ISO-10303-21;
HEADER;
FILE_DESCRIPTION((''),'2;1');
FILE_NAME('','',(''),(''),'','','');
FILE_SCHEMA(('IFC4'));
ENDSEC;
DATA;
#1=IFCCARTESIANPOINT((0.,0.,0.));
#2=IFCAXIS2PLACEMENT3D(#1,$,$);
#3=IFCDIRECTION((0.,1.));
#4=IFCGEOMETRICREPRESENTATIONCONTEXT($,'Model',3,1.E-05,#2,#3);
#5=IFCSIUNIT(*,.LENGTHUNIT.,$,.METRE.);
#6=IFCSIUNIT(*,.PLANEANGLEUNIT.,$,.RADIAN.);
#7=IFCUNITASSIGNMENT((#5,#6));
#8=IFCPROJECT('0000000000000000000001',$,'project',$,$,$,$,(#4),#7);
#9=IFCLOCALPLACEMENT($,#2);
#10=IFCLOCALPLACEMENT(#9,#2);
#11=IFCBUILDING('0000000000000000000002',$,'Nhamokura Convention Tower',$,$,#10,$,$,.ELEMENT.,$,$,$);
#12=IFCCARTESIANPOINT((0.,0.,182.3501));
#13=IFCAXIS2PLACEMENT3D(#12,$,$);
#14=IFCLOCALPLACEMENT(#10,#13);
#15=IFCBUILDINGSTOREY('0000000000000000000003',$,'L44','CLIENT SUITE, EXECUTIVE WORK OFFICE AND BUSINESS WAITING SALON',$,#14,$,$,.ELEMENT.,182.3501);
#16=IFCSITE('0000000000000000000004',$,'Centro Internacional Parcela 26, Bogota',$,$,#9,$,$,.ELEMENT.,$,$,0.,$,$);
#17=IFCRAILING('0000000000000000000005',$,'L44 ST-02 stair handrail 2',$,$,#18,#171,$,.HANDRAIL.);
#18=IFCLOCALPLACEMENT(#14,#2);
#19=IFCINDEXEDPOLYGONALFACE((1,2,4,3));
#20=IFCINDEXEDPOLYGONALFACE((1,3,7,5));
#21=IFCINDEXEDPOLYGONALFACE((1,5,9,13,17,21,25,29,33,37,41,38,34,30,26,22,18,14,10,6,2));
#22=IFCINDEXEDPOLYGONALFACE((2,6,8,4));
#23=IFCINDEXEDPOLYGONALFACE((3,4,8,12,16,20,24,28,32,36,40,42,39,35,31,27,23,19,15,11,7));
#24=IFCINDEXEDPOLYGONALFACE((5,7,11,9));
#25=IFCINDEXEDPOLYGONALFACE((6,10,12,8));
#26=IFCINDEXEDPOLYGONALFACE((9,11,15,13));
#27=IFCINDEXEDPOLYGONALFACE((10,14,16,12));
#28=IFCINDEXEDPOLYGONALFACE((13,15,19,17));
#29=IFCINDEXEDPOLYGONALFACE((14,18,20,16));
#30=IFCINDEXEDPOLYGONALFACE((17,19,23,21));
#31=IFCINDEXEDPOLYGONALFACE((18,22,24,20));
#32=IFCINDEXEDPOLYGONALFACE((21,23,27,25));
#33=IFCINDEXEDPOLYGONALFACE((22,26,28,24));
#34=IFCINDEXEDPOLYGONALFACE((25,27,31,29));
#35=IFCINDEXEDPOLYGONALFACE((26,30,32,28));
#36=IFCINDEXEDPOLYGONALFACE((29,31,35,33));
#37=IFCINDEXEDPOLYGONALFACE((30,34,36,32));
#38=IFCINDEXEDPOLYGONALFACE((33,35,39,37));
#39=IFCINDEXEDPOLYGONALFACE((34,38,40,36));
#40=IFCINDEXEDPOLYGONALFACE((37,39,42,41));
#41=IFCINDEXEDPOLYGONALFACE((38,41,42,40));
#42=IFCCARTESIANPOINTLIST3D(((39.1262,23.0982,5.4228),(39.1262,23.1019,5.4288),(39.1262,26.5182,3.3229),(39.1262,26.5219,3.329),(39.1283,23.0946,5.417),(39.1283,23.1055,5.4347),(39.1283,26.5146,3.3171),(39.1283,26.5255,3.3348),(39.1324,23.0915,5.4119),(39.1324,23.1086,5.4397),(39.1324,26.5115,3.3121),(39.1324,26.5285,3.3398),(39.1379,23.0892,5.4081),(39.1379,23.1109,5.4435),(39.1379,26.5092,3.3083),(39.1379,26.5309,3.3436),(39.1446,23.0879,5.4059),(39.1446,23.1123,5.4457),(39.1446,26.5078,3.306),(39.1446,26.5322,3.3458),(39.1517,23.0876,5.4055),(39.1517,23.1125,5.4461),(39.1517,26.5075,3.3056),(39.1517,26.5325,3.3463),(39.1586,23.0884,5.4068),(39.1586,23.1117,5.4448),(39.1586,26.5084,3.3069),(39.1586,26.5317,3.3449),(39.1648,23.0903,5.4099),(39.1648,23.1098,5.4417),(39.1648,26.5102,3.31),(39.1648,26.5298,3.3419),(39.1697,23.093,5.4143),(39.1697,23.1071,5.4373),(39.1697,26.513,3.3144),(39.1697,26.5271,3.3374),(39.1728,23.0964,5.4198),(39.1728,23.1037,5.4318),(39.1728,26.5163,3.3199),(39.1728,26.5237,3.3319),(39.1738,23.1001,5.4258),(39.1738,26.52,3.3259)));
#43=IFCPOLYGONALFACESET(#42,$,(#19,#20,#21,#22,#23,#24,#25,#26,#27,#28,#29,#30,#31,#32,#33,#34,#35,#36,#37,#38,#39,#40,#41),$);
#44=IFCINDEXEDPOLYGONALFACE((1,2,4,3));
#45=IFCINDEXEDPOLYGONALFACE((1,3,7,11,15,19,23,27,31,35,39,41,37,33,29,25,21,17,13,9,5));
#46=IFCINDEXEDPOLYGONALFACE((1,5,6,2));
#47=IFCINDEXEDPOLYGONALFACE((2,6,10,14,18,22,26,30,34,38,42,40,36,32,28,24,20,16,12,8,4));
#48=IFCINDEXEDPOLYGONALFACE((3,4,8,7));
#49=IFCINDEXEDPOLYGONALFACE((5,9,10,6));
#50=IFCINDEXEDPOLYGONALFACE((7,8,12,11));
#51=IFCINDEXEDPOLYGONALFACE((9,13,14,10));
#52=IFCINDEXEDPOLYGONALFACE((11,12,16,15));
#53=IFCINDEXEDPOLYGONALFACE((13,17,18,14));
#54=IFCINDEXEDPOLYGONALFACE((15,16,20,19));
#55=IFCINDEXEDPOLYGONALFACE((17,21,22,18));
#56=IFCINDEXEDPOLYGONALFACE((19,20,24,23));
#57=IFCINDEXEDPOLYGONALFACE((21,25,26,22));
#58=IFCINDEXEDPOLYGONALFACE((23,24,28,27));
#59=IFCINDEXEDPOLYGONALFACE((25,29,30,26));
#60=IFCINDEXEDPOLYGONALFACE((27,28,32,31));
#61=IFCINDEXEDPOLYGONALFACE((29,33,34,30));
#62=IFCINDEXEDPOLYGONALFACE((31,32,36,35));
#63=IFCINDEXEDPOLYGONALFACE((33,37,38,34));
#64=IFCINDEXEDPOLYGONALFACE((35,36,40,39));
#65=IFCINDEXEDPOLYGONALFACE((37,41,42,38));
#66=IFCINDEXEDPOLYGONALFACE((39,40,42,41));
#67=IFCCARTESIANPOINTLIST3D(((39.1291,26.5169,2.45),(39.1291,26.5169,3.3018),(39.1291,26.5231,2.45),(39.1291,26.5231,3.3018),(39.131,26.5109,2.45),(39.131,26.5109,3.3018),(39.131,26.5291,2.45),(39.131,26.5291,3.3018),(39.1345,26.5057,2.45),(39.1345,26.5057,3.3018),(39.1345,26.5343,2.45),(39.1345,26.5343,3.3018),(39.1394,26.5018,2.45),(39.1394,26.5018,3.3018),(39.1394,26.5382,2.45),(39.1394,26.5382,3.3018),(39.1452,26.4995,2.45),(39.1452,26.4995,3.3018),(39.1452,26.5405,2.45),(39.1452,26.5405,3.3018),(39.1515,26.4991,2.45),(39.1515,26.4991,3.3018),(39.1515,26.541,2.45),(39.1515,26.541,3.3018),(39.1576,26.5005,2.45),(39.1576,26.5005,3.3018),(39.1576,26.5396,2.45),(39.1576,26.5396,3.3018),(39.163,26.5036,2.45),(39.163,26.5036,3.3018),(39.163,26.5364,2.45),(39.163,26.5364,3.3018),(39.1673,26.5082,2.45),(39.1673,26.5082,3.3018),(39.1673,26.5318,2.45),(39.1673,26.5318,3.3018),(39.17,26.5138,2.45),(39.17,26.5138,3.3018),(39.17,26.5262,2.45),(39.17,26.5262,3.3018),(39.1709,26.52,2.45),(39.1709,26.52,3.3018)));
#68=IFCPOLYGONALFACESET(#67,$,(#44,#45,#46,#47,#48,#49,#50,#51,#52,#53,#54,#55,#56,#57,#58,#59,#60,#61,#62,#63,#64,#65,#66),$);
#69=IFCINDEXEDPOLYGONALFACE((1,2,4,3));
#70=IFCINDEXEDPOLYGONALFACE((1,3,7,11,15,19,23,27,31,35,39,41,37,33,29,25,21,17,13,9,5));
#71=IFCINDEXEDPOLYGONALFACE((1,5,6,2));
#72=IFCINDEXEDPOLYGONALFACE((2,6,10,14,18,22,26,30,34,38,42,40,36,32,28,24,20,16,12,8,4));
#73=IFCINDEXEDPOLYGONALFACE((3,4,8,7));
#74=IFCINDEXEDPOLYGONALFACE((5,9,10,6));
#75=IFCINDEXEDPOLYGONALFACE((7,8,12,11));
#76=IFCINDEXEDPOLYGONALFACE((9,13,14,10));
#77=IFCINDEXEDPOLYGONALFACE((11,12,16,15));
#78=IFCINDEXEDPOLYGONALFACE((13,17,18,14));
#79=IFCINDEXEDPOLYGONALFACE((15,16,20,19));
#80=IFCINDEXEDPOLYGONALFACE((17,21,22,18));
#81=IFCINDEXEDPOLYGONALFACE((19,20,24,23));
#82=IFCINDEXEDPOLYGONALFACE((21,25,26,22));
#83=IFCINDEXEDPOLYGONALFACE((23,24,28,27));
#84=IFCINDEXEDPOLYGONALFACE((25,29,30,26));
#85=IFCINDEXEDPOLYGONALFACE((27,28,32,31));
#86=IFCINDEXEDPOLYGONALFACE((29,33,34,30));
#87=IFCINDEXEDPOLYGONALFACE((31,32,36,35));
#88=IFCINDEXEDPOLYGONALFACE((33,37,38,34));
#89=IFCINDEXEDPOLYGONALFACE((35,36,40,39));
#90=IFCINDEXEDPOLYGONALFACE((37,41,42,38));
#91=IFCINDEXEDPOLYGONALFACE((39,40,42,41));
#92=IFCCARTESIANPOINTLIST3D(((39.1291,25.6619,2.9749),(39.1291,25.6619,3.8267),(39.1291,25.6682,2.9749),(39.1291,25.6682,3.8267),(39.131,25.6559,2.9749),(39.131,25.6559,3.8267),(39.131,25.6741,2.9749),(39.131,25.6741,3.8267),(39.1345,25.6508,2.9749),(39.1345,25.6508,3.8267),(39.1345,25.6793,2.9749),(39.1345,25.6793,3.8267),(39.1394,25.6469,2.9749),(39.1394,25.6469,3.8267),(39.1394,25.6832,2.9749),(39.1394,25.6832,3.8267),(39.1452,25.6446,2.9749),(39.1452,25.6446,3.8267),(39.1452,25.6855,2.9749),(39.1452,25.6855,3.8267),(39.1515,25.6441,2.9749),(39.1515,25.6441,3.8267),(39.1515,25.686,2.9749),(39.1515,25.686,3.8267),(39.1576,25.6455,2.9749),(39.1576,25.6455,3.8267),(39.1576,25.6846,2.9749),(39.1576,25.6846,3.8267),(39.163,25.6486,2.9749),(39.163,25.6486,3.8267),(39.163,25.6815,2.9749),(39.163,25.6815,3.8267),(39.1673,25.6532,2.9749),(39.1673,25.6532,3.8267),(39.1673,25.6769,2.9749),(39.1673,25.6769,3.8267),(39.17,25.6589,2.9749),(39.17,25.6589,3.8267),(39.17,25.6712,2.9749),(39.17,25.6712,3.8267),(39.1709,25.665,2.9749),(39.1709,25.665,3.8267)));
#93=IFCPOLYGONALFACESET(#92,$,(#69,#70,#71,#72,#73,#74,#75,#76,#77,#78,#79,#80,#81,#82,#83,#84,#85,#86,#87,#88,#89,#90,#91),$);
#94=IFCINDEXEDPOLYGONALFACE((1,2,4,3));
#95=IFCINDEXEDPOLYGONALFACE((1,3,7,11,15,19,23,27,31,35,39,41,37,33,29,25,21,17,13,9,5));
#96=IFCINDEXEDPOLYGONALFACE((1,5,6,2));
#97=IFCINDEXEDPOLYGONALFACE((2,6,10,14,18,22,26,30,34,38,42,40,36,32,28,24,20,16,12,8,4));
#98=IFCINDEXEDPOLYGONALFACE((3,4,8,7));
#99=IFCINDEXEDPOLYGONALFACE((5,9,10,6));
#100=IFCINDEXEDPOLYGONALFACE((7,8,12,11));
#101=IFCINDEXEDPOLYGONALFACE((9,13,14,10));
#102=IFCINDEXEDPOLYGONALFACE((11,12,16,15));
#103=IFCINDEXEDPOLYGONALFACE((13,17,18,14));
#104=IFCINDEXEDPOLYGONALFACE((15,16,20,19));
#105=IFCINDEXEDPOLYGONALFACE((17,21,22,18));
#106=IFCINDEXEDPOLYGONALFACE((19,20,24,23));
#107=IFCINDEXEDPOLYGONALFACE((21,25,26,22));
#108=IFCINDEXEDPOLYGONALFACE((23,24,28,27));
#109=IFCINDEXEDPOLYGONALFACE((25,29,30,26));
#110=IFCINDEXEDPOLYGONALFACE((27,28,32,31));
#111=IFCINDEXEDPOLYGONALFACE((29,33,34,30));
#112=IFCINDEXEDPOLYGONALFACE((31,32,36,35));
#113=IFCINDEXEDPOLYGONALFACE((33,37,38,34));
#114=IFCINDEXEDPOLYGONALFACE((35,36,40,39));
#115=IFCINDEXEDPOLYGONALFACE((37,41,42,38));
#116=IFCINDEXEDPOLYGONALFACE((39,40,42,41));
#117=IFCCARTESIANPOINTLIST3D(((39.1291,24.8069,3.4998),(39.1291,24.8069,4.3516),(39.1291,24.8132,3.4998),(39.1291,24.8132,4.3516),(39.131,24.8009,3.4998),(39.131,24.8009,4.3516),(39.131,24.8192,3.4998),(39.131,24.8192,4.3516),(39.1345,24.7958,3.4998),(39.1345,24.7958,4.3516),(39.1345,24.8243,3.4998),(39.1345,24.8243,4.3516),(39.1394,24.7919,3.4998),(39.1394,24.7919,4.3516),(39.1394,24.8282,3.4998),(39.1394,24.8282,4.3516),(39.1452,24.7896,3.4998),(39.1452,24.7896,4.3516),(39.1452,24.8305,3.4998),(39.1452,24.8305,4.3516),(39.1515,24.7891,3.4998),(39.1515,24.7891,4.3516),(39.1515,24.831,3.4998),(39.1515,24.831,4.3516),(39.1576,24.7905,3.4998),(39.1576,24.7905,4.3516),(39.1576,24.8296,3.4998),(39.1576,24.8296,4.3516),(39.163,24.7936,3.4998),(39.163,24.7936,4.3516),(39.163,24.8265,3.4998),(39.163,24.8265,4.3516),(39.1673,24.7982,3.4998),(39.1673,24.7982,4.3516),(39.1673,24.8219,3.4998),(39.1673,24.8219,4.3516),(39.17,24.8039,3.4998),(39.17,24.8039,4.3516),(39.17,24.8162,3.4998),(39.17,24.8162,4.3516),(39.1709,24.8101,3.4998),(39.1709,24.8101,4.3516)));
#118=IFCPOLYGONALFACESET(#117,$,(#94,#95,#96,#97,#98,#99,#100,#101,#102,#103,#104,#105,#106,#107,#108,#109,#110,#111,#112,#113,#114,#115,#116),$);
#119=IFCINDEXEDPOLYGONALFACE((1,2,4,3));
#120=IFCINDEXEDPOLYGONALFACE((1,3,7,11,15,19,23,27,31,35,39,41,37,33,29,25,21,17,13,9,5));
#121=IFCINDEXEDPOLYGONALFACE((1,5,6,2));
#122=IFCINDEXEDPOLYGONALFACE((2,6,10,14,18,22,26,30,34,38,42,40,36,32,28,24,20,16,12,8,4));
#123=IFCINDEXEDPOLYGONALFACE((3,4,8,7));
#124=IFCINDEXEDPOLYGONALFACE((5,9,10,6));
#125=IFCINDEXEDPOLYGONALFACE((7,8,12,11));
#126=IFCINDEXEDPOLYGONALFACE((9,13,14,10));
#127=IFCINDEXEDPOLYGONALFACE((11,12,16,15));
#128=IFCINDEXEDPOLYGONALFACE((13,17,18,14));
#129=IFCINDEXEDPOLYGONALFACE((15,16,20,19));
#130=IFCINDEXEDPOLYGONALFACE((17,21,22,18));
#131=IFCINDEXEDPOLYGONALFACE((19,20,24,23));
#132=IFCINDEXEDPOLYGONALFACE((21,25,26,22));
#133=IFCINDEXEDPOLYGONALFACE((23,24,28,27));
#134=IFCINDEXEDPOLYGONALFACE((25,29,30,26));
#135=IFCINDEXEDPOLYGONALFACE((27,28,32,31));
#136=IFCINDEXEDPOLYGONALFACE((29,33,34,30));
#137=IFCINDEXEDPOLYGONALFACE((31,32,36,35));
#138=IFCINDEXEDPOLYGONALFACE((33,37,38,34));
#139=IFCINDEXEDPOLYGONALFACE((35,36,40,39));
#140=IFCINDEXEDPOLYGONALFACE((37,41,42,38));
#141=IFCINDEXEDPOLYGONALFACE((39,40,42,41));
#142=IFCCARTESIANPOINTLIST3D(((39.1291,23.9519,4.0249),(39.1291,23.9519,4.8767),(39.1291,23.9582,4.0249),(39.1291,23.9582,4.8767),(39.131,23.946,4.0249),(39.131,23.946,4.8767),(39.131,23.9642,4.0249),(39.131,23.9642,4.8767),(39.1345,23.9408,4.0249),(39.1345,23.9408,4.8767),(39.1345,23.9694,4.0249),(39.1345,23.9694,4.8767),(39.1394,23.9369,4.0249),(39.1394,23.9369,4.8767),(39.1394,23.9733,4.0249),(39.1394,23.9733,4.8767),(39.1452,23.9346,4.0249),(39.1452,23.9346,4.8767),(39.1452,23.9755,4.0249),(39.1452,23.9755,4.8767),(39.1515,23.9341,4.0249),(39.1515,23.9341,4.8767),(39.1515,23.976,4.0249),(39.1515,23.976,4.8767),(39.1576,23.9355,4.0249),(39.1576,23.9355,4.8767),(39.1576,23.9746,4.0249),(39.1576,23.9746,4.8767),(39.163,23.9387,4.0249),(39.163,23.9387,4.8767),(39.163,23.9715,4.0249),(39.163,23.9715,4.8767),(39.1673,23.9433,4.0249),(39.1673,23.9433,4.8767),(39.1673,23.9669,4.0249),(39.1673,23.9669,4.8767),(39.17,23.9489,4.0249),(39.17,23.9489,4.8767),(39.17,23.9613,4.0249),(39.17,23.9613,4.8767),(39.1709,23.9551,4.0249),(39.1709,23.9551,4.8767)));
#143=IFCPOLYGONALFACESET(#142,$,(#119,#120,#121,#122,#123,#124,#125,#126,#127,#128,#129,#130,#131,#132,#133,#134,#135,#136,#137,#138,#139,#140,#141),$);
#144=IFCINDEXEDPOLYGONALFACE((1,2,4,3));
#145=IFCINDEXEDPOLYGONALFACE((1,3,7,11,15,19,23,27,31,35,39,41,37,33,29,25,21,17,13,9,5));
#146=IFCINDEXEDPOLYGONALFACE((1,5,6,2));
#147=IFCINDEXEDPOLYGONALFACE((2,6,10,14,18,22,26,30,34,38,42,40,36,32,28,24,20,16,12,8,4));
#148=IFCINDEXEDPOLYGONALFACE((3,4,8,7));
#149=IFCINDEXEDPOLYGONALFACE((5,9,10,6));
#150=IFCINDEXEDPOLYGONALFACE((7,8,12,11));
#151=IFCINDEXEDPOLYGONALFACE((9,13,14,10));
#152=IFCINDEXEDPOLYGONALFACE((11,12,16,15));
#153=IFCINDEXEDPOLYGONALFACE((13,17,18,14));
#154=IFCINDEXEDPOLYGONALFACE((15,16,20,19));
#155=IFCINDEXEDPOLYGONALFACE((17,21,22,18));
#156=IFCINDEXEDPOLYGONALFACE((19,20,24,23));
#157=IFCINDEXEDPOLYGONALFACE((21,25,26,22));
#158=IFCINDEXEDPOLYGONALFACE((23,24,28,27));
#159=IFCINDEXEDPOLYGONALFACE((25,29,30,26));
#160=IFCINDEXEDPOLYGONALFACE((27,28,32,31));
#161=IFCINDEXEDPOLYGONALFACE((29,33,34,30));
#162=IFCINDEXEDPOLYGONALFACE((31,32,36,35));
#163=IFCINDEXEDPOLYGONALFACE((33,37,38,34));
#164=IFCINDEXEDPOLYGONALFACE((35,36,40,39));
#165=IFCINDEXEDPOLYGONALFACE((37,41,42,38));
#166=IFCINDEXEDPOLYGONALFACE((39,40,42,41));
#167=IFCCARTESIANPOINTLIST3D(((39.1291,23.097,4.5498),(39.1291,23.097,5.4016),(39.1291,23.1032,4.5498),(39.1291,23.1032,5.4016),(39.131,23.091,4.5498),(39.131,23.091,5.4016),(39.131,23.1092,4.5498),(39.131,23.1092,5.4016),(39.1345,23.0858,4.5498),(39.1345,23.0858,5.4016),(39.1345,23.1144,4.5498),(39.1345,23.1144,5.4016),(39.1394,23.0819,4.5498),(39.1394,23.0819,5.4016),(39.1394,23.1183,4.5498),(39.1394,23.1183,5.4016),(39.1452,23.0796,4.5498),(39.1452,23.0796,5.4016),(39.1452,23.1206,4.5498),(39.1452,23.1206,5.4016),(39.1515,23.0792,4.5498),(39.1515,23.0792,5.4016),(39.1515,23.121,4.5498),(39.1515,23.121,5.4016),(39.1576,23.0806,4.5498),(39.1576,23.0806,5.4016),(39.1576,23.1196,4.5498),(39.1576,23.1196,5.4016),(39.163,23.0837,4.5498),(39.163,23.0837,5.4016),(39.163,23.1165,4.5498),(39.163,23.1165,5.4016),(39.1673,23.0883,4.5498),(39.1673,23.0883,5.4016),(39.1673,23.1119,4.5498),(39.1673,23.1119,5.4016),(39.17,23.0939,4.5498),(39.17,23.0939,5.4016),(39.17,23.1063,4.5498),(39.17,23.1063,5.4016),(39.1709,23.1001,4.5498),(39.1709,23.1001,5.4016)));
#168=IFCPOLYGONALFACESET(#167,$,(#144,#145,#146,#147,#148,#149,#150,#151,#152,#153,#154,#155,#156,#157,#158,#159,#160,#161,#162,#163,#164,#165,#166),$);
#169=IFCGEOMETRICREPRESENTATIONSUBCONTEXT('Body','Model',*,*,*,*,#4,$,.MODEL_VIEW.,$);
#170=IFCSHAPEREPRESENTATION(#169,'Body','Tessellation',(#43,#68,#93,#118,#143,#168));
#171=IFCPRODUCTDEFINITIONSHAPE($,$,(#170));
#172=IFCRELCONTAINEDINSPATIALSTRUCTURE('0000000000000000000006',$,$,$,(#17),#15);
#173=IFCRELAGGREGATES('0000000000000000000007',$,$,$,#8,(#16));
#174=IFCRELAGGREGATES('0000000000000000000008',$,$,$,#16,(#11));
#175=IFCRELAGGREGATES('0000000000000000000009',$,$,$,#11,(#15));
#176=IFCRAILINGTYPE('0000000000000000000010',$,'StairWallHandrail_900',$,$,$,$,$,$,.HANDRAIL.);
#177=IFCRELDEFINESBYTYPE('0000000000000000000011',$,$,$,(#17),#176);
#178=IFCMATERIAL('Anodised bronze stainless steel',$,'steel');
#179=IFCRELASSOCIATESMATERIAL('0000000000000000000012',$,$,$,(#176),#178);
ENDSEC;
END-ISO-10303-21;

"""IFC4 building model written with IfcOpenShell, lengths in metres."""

from ifc_helpers import new_model, si_unit, direction, frame, origin, origin_2d, place, context, subcontext, project, spatial, circle, extrude, material, type_object, element, save


model = new_model("IFC4")

# Units and contexts
model_context = context("Model", 3, precision=1e-05, world=origin(), true_north=direction((0.0, 1.0)))
body_context = subcontext(model_context, "Body", "Model", "MODEL_VIEW")
ifc_project = project(units=[si_unit("LENGTHUNIT", "METRE"), si_unit("PLANEANGLEUNIT", "RADIAN")], contexts=[model_context])

# Site, building, storey
site_placement = place(None, origin())
site = spatial("IfcSite", under=ifc_project, at=site_placement, Name="Centro Internacional Parcela 26, Bogota", CompositionType="ELEMENT", RefElevation=0.0)
building_placement = place(site_placement, origin())
building = spatial("IfcBuilding", under=site, at=building_placement, Name="Nhamokura Convention Tower", CompositionType="ELEMENT")
storey_placement = place(building_placement, frame((0.0, 0.0, 182.3501)))
storey = spatial("IfcBuildingStorey", under=building, at=storey_placement, Name="L44", Description="CLIENT SUITE, EXECUTIVE WORK OFFICE AND BUSINESS WAITING SALON", CompositionType="ELEMENT", Elevation=182.3501)

# Railing
ifc_material_1 = material(Name="Anodised bronze stainless steel", Category="steel")
railing_type_1 = type_object("IfcRailingType", Name="StairWallHandrail_900", PredefinedType="HANDRAIL", material=ifc_material_1)
railing_1_placement = place(storey_placement, frame((39.1499, 26.52, 2.45)))
element("IfcRailing", 1, at=railing_1_placement, inside=storey, type_object=railing_type_1, Name="L44 ST-02 stair handrail 2", PredefinedType="HANDRAIL", context=body_context, shape_type="SweptSolid", body=[
    extrude(circle(Radius=0.0239, at=origin_2d()), frame((0.0, 0.0, 0.876), z_axis=(0.0, -0.852182, 0.523245), x_axis=(1.0, 0.0, 0.0)), (0.0, 0.0, 1.0), 4.0132),
    extrude(circle(Radius=0.021, at=origin_2d()), origin(), (0.0, 0.0, 1.0), 0.8518),
    extrude(circle(Radius=0.021, at=origin_2d()), frame((0.0, -0.855, 0.5249)), (0.0, 0.0, 1.0), 0.8518),
    extrude(circle(Radius=0.021, at=origin_2d()), frame((0.0, -1.71, 1.0498)), (0.0, 0.0, 1.0), 0.8518),
    extrude(circle(Radius=0.021, at=origin_2d()), frame((0.0, -2.5649, 1.575)), (0.0, 0.0, 1.0), 0.8518),
    extrude(circle(Radius=0.021, at=origin_2d()), frame((0.0, -3.4199, 2.0999)), (0.0, 0.0, 1.0), 0.8518),
])

save(model, "model.ifc")
